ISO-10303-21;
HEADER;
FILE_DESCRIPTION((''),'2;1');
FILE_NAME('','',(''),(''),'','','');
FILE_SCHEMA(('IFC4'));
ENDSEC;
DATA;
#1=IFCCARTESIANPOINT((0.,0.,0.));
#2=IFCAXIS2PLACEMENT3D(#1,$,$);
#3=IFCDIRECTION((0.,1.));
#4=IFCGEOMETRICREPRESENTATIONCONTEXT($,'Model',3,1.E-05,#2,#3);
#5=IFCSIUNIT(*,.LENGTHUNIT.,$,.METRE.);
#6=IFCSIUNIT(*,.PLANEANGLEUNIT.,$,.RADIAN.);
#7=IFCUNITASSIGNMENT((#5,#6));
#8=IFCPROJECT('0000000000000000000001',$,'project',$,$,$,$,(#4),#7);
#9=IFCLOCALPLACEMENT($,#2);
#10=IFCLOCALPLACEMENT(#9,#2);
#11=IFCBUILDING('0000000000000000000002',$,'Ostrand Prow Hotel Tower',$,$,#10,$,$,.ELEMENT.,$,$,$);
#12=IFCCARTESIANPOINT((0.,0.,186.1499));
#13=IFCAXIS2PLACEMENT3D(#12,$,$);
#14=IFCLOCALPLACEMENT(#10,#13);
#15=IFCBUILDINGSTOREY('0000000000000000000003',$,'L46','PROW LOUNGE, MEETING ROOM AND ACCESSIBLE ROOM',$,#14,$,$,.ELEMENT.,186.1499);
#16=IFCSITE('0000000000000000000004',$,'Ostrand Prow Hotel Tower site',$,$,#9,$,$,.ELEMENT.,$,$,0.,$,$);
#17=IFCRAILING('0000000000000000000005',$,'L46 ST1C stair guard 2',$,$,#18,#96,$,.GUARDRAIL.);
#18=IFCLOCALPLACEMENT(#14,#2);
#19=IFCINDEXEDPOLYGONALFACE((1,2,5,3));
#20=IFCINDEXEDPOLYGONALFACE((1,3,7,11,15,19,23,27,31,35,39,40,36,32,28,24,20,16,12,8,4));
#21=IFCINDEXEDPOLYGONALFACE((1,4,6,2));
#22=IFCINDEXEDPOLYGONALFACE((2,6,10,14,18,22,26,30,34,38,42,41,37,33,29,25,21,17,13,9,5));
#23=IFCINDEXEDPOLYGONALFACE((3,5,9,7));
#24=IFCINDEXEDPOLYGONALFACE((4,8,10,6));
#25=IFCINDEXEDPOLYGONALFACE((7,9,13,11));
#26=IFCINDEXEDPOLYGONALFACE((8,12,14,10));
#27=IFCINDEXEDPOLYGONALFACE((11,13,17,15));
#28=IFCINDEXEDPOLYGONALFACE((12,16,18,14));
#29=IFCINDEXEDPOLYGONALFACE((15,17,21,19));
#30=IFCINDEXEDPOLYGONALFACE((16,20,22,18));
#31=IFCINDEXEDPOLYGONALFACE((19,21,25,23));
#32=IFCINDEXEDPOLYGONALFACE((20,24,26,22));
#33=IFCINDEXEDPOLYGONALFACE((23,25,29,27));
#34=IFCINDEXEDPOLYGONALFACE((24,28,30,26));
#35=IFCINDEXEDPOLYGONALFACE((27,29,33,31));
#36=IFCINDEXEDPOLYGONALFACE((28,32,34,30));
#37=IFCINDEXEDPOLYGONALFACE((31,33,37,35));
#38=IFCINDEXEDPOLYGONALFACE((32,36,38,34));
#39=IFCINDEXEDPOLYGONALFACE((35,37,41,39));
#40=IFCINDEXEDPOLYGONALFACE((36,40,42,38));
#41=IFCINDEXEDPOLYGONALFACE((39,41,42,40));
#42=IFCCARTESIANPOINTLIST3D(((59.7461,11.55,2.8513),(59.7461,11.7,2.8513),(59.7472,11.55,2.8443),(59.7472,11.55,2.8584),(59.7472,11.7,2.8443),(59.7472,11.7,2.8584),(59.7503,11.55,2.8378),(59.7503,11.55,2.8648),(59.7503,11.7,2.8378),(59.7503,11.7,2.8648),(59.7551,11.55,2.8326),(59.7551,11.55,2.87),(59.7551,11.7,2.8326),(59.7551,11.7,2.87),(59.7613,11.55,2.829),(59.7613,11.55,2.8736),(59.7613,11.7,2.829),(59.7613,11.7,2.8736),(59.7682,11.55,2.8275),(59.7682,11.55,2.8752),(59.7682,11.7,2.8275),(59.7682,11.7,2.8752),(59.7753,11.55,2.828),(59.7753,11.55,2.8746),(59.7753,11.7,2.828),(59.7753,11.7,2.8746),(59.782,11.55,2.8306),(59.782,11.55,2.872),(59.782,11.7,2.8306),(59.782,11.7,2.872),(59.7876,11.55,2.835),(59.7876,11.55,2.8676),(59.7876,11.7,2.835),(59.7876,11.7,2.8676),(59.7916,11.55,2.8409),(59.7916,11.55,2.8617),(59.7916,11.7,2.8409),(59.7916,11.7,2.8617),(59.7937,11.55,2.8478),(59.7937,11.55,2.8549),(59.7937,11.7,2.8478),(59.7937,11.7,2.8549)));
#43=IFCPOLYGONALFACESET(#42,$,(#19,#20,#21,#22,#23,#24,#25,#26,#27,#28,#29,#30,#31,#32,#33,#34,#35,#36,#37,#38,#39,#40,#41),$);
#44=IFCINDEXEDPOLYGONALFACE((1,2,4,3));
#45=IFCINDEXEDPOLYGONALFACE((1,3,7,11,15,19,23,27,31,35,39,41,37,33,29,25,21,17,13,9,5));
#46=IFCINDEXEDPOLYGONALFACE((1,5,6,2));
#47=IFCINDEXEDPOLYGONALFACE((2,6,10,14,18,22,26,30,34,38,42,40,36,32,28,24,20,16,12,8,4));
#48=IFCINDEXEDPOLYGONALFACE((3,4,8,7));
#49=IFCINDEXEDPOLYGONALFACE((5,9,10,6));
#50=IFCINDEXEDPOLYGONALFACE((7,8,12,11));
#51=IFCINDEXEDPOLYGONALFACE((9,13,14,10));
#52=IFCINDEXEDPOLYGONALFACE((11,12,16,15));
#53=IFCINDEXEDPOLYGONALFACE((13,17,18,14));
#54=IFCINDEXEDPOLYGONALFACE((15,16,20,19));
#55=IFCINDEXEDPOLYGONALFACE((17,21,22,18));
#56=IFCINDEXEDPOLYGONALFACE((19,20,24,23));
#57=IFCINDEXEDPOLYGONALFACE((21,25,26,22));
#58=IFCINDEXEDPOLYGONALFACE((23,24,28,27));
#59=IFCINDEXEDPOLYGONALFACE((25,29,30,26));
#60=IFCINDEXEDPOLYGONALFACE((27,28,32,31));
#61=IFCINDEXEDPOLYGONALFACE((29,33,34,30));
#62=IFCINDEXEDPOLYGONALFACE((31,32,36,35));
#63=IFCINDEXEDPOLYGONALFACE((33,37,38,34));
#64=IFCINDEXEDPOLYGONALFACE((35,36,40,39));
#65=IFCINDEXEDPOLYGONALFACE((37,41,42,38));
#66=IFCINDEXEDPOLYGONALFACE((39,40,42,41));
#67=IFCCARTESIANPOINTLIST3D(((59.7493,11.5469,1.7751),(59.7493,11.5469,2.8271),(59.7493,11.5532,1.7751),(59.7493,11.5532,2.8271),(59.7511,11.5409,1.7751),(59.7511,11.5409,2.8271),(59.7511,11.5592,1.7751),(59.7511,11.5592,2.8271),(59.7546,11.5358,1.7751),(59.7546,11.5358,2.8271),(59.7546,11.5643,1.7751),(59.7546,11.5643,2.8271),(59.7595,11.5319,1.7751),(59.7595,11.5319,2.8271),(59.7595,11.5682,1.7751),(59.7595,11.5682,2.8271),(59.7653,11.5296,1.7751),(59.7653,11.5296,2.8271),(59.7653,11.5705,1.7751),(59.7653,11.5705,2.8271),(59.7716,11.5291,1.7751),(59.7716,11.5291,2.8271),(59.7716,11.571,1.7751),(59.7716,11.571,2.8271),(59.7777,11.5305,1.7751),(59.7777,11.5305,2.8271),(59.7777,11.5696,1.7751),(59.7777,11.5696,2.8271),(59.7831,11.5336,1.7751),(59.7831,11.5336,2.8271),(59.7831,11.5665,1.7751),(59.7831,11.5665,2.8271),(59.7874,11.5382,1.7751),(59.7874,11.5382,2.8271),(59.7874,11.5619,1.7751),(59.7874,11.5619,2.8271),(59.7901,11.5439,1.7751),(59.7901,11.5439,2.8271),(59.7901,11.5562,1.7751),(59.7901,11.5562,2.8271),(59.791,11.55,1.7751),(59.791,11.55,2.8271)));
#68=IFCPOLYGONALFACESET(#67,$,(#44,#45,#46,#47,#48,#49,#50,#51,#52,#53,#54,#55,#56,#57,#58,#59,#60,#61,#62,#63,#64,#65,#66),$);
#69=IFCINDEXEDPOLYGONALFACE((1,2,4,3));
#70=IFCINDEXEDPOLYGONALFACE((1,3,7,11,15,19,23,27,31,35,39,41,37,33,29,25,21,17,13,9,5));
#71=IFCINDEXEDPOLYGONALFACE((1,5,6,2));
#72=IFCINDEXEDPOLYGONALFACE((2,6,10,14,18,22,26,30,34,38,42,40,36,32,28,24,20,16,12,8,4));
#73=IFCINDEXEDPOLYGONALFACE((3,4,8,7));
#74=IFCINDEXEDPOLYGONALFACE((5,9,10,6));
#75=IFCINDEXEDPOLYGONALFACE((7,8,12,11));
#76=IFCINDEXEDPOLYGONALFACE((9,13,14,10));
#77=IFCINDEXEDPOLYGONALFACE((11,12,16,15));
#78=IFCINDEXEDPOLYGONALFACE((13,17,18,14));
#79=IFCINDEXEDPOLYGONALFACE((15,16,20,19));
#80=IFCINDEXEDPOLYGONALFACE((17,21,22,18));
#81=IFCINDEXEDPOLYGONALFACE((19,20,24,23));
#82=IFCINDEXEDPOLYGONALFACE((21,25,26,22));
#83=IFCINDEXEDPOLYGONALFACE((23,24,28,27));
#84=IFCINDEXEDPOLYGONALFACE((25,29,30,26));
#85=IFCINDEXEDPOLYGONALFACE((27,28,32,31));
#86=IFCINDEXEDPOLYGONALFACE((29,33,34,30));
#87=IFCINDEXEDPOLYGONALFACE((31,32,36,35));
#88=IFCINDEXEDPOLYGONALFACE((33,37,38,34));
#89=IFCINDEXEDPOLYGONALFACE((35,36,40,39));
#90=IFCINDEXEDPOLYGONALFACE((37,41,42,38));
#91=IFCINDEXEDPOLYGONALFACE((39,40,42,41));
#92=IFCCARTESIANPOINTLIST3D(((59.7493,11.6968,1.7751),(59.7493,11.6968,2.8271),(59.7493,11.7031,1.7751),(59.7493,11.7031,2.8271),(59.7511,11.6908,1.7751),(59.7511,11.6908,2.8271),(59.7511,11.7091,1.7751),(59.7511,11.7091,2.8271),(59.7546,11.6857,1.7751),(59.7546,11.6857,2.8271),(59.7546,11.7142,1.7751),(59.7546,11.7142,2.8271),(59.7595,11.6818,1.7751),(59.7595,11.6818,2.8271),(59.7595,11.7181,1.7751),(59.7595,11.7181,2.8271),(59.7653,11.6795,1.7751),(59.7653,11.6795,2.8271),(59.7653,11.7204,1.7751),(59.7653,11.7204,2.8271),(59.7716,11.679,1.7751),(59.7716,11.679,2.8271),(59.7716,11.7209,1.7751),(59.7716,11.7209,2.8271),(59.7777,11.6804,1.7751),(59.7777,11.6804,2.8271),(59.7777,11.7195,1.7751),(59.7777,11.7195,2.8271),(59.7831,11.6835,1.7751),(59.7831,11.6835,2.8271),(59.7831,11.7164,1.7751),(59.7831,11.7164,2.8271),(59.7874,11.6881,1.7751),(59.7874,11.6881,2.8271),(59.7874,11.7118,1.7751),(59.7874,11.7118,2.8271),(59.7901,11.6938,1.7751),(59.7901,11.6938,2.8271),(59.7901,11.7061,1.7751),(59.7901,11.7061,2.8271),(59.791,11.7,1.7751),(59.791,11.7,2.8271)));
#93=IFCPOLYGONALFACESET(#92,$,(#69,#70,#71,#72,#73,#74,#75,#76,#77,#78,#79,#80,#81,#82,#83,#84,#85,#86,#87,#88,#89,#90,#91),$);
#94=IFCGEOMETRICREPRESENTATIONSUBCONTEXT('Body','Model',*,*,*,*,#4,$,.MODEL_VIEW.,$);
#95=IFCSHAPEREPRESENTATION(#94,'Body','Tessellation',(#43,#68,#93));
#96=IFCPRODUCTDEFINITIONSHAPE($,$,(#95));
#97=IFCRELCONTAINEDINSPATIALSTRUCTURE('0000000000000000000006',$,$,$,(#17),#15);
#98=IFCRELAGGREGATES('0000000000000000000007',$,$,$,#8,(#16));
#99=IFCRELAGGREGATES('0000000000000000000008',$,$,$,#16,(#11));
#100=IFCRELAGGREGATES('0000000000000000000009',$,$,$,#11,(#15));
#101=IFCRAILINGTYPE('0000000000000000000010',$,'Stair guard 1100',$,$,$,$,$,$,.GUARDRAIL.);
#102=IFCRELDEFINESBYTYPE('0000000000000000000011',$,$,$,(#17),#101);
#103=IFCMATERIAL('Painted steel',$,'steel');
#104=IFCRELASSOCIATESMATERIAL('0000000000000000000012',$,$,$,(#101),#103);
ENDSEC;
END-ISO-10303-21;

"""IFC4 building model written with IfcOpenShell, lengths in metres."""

from ifc_helpers import new_model, si_unit, direction, frame, origin, origin_2d, place, context, subcontext, project, spatial, circle, extrude, material, type_object, element, save


model = new_model("IFC4")

# Units and contexts
model_context = context("Model", 3, precision=1e-05, world=origin(), true_north=direction((0.0, 1.0)))
body_context = subcontext(model_context, "Body", "Model", "MODEL_VIEW")
ifc_project = project(units=[si_unit("LENGTHUNIT", "METRE"), si_unit("PLANEANGLEUNIT", "RADIAN")], contexts=[model_context])

# Site, building, storey
site_placement = place(None, origin())
site = spatial("IfcSite", under=ifc_project, at=site_placement, Name="Ostrand Prow Hotel Tower site", CompositionType="ELEMENT", RefElevation=0.0)
building_placement = place(site_placement, origin())
building = spatial("IfcBuilding", under=site, at=building_placement, Name="Ostrand Prow Hotel Tower", CompositionType="ELEMENT")
storey_placement = place(building_placement, frame((0.0, 0.0, 186.1499)))
storey = spatial("IfcBuildingStorey", under=building, at=storey_placement, Name="L46", Description="PROW LOUNGE, MEETING ROOM AND ACCESSIBLE ROOM", CompositionType="ELEMENT", Elevation=186.1499)

# Railing
ifc_material_1 = material(Name="Painted steel", Category="steel")
railing_type_1 = type_object("IfcRailingType", Name="Stair guard 1100", PredefinedType="GUARDRAIL", material=ifc_material_1)
railing_1_placement = place(storey_placement, frame((59.77, 11.55, 1.7751)))
element("IfcRailing", 1, at=railing_1_placement, inside=storey, type_object=railing_type_1, Name="L46 ST1C stair guard 2", PredefinedType="GUARDRAIL", context=body_context, shape_type="SweptSolid", body=[
    extrude(circle(Radius=0.0239, at=origin_2d()), frame((0.0, 0.0, 1.0762), z_axis=(0.0, 1.0, 0.0), x_axis=(-1.0, 0.0, 0.0)), (0.0, 0.0, 1.0), 0.1499),
    extrude(circle(Radius=0.021, at=origin_2d()), origin(), (0.0, 0.0, 1.0), 1.052),
    extrude(circle(Radius=0.021, at=origin_2d()), frame((0.0, 0.1499, 0.0)), (0.0, 0.0, 1.0), 1.052),
])

save(model, "model.ifc")
